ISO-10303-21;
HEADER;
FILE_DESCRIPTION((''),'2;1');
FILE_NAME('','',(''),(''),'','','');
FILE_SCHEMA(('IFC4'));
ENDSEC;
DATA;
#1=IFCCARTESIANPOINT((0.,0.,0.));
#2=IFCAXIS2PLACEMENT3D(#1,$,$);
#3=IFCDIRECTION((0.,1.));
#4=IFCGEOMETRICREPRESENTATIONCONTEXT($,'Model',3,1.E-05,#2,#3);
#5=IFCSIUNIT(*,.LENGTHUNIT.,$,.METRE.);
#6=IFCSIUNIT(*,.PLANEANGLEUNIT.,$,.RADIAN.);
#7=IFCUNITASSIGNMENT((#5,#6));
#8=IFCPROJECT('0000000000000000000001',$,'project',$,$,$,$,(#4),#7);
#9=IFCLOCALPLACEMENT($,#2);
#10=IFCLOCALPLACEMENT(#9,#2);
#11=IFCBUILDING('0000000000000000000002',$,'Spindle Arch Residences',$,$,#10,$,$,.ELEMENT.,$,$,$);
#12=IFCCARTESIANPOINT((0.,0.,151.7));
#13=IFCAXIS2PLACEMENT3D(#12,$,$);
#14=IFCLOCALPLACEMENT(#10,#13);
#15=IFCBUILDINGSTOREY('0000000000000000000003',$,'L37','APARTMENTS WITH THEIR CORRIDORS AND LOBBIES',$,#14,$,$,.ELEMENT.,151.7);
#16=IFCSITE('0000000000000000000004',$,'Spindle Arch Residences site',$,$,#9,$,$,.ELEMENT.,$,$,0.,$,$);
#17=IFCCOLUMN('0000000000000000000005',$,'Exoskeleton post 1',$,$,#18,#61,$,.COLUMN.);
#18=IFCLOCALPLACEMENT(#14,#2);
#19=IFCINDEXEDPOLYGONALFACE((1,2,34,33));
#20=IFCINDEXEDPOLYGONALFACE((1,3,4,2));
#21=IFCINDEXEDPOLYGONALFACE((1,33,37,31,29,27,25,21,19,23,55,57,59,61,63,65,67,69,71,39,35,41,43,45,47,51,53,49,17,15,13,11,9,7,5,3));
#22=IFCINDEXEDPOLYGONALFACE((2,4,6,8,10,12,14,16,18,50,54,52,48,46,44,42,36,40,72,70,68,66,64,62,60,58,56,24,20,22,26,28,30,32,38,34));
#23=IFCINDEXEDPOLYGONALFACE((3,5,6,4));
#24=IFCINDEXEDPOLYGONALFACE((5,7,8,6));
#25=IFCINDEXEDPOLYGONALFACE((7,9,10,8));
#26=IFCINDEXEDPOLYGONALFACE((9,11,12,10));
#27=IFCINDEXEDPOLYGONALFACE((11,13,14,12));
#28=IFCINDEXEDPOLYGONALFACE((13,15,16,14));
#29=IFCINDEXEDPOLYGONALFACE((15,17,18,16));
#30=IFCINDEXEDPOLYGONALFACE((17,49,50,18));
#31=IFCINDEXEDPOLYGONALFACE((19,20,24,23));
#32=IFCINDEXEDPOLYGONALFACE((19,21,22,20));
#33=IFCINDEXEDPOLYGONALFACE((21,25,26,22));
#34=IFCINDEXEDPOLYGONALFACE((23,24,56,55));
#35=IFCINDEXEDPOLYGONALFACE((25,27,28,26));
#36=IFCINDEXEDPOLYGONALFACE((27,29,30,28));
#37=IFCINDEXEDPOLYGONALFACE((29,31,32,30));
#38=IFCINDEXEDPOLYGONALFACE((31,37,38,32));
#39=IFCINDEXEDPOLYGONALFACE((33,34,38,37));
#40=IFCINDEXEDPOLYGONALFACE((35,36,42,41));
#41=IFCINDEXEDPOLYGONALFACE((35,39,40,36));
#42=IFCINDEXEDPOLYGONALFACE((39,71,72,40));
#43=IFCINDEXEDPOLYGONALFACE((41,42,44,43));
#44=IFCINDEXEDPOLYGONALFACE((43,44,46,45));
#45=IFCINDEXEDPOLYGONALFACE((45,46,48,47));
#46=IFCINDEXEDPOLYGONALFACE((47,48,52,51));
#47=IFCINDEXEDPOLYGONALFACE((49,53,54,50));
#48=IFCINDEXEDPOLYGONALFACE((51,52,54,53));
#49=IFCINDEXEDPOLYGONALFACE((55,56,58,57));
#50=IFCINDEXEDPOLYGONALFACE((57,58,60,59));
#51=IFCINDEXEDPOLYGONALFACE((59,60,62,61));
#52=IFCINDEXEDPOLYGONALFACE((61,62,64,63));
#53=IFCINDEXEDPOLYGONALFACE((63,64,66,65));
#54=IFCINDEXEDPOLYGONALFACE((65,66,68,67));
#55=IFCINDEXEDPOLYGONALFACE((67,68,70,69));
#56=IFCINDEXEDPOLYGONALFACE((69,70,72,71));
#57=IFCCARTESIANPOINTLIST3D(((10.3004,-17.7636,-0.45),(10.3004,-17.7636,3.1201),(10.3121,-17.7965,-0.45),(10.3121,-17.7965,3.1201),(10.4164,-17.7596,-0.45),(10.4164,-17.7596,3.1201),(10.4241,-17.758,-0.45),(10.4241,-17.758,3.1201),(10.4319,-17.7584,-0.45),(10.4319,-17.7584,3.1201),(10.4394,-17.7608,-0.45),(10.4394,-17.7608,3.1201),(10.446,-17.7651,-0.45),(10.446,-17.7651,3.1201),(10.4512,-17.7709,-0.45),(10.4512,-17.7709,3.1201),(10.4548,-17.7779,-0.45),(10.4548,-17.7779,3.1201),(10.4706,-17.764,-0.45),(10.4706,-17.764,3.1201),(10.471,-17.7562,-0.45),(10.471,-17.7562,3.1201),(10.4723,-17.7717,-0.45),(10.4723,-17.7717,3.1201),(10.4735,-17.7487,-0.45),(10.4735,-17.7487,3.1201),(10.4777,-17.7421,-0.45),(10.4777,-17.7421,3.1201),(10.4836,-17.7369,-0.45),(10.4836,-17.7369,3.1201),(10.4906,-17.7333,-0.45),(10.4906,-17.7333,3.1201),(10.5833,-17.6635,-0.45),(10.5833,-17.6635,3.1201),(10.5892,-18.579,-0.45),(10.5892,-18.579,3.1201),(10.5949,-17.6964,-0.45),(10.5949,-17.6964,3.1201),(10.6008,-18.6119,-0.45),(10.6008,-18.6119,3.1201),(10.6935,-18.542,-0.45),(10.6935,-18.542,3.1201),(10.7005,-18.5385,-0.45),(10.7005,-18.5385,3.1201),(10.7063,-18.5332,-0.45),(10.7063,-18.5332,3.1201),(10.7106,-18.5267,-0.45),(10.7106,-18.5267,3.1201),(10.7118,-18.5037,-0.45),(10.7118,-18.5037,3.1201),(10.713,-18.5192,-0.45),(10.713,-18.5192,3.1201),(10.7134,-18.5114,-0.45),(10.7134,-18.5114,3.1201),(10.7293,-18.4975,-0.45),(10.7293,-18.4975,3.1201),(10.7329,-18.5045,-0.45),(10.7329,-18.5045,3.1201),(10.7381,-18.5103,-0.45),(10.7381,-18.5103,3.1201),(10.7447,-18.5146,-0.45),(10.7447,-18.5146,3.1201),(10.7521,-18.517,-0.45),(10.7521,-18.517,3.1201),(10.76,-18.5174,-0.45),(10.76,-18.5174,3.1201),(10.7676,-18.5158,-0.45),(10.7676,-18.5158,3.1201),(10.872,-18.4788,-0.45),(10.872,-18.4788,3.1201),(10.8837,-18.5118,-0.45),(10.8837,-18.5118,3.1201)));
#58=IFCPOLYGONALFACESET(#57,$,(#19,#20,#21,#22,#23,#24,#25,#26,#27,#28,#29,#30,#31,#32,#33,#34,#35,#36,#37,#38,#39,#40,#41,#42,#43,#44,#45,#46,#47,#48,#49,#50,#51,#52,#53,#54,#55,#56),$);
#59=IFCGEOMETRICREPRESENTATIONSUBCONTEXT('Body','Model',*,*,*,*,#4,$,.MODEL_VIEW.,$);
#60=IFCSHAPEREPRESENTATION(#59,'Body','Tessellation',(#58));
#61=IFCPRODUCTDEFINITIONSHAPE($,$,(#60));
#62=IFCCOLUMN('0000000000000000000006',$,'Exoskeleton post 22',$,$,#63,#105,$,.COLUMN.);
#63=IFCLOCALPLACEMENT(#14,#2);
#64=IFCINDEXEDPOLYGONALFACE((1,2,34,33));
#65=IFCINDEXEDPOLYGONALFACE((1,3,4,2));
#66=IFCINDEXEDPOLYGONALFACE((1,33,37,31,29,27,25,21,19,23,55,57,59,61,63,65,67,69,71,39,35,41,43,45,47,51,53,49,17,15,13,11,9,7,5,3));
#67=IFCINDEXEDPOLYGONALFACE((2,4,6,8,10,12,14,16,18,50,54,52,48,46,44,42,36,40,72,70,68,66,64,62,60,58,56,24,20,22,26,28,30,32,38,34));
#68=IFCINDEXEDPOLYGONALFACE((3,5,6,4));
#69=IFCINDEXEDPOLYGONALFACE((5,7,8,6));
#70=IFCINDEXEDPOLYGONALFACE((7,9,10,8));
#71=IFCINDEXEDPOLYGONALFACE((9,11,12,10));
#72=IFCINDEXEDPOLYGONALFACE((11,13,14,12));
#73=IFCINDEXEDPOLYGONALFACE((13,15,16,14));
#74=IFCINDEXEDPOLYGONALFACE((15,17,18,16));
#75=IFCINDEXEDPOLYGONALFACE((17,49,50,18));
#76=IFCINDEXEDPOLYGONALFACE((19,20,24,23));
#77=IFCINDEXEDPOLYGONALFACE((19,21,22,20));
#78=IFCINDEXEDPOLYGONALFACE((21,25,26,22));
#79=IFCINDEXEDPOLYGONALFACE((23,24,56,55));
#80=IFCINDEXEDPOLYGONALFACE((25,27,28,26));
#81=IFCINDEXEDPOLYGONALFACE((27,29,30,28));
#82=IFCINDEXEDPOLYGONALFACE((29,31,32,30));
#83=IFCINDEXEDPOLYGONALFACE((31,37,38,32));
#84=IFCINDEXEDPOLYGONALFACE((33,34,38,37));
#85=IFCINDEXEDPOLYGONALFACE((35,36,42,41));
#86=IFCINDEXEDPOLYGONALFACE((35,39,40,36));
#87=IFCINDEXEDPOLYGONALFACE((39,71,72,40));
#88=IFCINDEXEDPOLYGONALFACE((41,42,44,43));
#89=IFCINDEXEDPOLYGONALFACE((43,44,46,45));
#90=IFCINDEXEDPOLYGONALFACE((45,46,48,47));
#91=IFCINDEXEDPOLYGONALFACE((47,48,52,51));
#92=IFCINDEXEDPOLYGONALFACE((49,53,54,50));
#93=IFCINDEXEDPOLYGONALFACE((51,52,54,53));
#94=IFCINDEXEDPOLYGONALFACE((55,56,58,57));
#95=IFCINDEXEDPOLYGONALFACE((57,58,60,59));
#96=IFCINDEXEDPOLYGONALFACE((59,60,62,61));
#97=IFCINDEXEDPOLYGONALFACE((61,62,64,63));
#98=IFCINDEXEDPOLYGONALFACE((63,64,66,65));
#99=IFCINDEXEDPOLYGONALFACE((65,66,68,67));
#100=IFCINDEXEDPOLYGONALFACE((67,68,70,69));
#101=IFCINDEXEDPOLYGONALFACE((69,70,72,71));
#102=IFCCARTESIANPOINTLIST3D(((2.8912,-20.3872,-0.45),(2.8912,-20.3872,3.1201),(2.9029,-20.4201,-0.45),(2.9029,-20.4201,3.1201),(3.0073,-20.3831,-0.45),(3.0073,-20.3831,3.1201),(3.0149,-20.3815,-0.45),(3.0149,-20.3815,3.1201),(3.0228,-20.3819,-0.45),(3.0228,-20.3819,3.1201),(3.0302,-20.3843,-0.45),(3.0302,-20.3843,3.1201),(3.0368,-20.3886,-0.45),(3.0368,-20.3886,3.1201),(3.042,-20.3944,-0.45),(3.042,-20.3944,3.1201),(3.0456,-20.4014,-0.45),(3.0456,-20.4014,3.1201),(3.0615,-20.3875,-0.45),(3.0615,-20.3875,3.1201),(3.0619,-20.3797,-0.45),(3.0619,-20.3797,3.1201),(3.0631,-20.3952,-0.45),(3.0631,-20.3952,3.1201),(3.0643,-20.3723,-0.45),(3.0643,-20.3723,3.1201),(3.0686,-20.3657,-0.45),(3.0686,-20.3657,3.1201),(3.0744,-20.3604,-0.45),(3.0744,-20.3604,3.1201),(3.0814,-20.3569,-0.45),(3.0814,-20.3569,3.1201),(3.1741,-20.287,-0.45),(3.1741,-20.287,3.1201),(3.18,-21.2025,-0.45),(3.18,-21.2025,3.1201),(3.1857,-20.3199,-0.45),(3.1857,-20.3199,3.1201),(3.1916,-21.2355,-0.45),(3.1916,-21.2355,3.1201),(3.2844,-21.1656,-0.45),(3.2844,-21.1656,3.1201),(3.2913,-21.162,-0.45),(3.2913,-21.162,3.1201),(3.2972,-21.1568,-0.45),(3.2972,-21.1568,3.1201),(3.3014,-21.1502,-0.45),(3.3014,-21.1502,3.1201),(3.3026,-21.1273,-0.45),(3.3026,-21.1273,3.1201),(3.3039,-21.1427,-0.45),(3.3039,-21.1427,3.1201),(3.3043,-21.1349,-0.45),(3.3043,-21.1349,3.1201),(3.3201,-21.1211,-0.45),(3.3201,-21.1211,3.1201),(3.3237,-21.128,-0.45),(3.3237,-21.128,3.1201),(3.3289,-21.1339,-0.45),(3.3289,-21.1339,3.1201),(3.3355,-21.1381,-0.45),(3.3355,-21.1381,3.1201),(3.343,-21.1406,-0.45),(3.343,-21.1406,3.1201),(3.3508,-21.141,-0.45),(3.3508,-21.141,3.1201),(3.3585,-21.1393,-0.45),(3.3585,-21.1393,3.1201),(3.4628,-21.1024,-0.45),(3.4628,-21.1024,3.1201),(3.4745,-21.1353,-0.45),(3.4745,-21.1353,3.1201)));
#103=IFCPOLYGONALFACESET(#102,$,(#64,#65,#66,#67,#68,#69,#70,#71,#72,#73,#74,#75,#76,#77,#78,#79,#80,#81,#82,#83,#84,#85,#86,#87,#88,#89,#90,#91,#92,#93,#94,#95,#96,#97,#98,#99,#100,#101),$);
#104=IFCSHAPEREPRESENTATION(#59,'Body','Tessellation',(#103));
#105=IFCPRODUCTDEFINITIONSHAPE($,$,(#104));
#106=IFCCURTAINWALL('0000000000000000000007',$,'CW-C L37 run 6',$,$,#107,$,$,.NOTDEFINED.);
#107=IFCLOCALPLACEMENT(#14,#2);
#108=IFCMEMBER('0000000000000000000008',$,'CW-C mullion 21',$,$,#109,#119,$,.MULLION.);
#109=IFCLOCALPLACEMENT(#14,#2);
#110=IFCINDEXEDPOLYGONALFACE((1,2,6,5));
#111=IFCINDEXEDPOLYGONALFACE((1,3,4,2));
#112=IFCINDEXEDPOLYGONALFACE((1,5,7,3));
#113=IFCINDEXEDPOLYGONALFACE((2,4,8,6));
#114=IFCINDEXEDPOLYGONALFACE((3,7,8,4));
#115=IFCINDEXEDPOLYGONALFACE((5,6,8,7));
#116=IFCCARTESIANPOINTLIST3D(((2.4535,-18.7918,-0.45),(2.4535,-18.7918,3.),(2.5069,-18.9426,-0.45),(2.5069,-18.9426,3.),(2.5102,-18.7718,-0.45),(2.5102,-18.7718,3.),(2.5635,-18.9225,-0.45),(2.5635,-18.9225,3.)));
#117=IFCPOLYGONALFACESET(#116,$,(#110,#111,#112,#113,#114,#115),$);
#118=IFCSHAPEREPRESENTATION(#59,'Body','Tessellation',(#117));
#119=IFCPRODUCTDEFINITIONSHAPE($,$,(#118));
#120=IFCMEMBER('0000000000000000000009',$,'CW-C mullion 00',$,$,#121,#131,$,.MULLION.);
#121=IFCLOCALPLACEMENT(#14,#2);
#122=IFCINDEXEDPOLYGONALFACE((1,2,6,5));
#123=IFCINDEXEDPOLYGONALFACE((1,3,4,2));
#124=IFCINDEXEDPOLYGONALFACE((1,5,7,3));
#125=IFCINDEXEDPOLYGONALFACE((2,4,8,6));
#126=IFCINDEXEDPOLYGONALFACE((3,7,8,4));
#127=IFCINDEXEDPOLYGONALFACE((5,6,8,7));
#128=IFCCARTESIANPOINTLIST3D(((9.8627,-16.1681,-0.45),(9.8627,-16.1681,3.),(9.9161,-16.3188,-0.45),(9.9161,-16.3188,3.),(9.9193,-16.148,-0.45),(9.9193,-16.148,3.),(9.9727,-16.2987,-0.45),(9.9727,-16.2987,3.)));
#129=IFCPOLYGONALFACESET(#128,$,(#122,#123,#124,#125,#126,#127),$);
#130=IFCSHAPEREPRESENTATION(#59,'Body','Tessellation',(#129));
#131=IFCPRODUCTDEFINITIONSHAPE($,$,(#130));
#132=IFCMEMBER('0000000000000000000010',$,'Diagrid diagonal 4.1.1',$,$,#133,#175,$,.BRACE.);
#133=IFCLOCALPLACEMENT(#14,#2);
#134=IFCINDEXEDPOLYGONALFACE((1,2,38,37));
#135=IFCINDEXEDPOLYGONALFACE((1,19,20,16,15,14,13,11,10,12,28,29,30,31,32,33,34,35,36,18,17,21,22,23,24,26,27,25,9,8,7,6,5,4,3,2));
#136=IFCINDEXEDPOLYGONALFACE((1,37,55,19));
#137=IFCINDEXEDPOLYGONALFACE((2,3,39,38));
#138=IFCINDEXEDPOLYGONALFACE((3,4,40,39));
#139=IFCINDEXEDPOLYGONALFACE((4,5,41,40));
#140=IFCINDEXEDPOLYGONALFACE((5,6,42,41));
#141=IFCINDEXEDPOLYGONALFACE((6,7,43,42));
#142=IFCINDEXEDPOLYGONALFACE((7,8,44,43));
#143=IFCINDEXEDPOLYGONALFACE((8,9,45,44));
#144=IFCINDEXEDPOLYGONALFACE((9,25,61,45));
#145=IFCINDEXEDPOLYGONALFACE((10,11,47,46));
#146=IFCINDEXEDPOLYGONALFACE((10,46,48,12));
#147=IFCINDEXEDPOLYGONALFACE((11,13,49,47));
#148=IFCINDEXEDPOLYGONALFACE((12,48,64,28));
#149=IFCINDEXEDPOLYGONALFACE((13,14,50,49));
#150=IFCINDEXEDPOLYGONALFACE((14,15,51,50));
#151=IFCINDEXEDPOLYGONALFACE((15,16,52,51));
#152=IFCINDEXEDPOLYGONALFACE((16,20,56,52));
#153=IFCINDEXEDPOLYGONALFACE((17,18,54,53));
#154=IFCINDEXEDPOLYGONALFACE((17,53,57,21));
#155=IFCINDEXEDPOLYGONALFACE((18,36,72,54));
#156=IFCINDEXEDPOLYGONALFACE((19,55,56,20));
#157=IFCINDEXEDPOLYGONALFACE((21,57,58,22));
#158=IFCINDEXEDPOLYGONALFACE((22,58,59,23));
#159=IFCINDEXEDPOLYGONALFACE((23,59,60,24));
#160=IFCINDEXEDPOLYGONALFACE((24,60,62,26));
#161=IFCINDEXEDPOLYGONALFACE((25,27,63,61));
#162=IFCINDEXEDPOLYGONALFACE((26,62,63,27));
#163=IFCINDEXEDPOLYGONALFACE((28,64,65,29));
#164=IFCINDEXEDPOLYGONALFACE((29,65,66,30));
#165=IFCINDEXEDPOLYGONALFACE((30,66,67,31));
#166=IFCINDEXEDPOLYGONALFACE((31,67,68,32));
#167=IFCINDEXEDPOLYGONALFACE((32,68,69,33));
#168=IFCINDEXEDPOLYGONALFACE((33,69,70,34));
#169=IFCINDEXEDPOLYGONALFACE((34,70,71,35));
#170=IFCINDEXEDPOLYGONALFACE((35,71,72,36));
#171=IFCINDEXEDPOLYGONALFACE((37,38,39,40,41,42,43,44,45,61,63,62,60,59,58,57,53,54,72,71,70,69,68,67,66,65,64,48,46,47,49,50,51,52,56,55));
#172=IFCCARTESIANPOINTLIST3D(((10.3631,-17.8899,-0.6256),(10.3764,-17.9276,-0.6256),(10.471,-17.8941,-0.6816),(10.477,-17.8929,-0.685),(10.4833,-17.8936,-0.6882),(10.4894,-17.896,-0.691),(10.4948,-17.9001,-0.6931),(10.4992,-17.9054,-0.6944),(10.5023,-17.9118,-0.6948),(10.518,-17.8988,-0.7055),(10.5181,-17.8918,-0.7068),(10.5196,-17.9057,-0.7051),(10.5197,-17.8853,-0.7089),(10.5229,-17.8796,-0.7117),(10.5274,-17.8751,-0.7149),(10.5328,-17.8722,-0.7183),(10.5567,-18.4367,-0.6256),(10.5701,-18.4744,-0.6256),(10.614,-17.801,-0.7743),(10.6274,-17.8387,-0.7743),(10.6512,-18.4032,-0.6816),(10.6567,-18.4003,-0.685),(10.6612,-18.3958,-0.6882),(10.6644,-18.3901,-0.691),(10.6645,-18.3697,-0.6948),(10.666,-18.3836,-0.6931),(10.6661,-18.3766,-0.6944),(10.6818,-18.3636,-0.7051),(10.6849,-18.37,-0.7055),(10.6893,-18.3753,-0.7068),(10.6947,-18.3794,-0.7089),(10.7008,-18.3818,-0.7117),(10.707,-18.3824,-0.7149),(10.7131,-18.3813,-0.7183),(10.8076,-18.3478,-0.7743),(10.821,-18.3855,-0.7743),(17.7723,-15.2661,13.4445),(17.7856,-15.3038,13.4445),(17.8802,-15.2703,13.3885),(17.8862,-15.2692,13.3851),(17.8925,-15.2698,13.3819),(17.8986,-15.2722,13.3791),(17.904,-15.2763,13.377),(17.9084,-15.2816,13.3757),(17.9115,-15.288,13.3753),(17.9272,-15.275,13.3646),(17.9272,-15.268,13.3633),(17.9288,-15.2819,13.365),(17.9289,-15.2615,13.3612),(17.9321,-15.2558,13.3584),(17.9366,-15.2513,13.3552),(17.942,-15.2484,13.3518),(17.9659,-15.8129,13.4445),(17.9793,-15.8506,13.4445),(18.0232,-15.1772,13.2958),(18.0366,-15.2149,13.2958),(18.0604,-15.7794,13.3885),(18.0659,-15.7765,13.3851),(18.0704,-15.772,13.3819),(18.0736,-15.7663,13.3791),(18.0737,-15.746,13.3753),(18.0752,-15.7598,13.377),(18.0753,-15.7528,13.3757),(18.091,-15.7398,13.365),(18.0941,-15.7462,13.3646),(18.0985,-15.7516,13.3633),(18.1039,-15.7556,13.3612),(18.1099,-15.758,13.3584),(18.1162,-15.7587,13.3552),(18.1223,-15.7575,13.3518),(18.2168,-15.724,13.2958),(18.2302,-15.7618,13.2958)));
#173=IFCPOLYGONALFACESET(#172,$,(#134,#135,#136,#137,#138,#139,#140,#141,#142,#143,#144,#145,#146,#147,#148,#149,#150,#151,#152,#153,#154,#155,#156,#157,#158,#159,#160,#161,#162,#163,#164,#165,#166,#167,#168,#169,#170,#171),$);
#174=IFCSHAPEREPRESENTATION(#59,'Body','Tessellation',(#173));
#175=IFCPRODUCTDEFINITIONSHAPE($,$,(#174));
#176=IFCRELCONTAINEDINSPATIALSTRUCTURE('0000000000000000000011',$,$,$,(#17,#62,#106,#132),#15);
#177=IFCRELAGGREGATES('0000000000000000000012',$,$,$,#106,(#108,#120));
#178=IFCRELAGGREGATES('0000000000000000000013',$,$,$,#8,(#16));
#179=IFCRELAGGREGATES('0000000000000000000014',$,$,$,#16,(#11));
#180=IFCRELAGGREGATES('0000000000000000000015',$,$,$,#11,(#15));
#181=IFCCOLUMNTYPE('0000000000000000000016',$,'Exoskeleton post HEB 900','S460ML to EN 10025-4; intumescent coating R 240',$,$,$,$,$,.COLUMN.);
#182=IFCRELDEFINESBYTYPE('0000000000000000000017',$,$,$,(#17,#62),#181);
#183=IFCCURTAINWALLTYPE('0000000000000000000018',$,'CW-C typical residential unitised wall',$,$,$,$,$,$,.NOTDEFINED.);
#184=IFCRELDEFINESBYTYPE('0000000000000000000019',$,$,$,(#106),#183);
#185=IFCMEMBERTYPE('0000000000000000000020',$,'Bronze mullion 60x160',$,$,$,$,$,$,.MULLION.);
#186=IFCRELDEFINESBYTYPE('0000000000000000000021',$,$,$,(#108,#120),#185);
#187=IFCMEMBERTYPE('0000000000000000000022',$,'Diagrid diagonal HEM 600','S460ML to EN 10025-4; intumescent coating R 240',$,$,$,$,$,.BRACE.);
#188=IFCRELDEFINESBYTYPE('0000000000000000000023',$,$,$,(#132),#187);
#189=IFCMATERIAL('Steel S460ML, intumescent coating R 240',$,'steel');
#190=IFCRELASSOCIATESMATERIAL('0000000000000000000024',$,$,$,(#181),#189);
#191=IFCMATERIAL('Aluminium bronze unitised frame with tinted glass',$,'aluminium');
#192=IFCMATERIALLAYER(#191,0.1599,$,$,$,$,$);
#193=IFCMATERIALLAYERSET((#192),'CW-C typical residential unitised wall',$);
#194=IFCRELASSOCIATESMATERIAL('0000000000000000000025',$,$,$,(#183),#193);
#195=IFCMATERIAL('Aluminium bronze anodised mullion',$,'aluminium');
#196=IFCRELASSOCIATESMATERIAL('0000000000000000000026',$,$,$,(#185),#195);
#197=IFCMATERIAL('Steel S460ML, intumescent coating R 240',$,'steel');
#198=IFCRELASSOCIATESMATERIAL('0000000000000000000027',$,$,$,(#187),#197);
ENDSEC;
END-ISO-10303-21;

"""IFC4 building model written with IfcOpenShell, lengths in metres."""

from ifc_helpers import new_model, si_unit, direction, frame, origin, origin_2d, place, context, subcontext, project, spatial, rectangle, i_section, extrude, material, layer, layer_set, material_profile, profile_set, type_object, element, aggregate, save


model = new_model("IFC4")

# Units and contexts
model_context = context("Model", 3, precision=1e-05, world=origin(), true_north=direction((0.0, 1.0)))
body_context = subcontext(model_context, "Body", "Model", "MODEL_VIEW")
ifc_project = project(units=[si_unit("LENGTHUNIT", "METRE"), si_unit("PLANEANGLEUNIT", "RADIAN")], contexts=[model_context])

# Site, building, storey
site_placement = place(None, origin())
site = spatial("IfcSite", under=ifc_project, at=site_placement, Name="Spindle Arch Residences site", CompositionType="ELEMENT", RefElevation=0.0)
building_placement = place(site_placement, origin())
building = spatial("IfcBuilding", under=site, at=building_placement, Name="Spindle Arch Residences", CompositionType="ELEMENT")
storey_placement = place(building_placement, frame((0.0, 0.0, 151.7)))
storey = spatial("IfcBuildingStorey", under=building, at=storey_placement, Name="L37", Description="APARTMENTS WITH THEIR CORRIDORS AND LOBBIES", CompositionType="ELEMENT", Elevation=151.7)

# Columns
ifc_material_1 = material(Name="Steel S460ML, intumescent coating R 240", Category="steel")
ifc_material_profile_1 = material_profile(ifc_material_1, i_section(OverallWidth=0.3, OverallDepth=0.8999, WebThickness=0.0186, FlangeThickness=0.0349, FilletRadius=0.03, at=origin_2d()), Name="HEB 900")
ifc_profile_set_1 = profile_set([ifc_material_profile_1], Name="Steel S460ML, intumescent coating R 240")
column_type = type_object("IfcColumnType", Name="Exoskeleton post HEB 900", Description="S460ML to EN 10025-4; intumescent coating R 240", PredefinedType="COLUMN", material=ifc_profile_set_1)
for number, where, z_axis, x_axis, name in (
    (1, (10.592, -18.1377, -0.45), (0.0, 0.0, 1.0), (-0.942641, -0.333807, 0.0), "Exoskeleton post 1"),
    (2, (3.1829, -20.7612, -0.45), (0.0, 0.0, 1.0), (-0.942641, -0.333807, 0.0), "Exoskeleton post 22"),
):
    element("IfcColumn", number, at=place(storey_placement, frame(where, z_axis=z_axis, x_axis=x_axis)), inside=storey, type_object=column_type, Name=name, PredefinedType="COLUMN", context=body_context, shape_type="SweptSolid", body=[
        extrude(i_section(OverallWidth=0.3, OverallDepth=0.8999, WebThickness=0.0186, FlangeThickness=0.0349, FilletRadius=0.03, at=origin_2d()), origin(), (0.0, 0.0, 1.0), 3.5701),
    ])

# Curtain wall, members
ifc_material_2 = material(Name="Aluminium bronze unitised frame with tinted glass", Category="aluminium")
ifc_layer_1 = layer(ifc_material_2, 0.1599)
ifc_layer_set_1 = layer_set([ifc_layer_1], Name="CW-C typical residential unitised wall")
curtain_wall_type = type_object("IfcCurtainWallType", Name="CW-C typical residential unitised wall", PredefinedType="NOTDEFINED", material=ifc_layer_set_1)
curtain_wall_placement = place(storey_placement, origin())
curtain_wall = element("IfcCurtainWall", 3, at=curtain_wall_placement, inside=storey, type_object=curtain_wall_type, Name="CW-C L37 run 6", PredefinedType="NOTDEFINED")
ifc_material_3 = material(Name="Aluminium bronze anodised mullion", Category="aluminium")
ifc_material_profile_2 = material_profile(ifc_material_3, rectangle(XDim=0.1599, YDim=0.0601, at=origin_2d()), Name="MU 60x160")
ifc_profile_set_2 = profile_set([ifc_material_profile_2], Name="Aluminium bronze anodised mullion")
member_type_1 = type_object("IfcMemberType", Name="Bronze mullion 60x160", PredefinedType="MULLION", material=ifc_profile_set_2)
member_1_placement = place(storey_placement, frame((2.5085, -18.8572, -0.45), z_axis=(0.0, 0.0, 1.0), x_axis=(-0.333807, 0.942641, 0.0)))
member_1 = element("IfcMember", 4, at=member_1_placement, type_object=member_type_1, Name="CW-C mullion 21", PredefinedType="MULLION", context=body_context, shape_type="SweptSolid", body=[
    extrude(rectangle(XDim=0.1599, YDim=0.0601, at=origin_2d()), origin(), (0.0, 0.0, 1.0), 3.45),
])
member_2_placement = place(storey_placement, frame((9.9177, -16.2334, -0.45), z_axis=(0.0, 0.0, 1.0), x_axis=(-0.333807, 0.942641, 0.0)))
member_2 = element("IfcMember", 5, at=member_2_placement, type_object=member_type_1, Name="CW-C mullion 00", PredefinedType="MULLION", context=body_context, shape_type="SweptSolid", body=[
    extrude(rectangle(XDim=0.1599, YDim=0.0601, at=origin_2d()), origin(), (0.0, 0.0, 1.0), 3.45),
])

# Member
ifc_material_4 = material(Name="Steel S460ML, intumescent coating R 240", Category="steel")
ifc_material_profile_3 = material_profile(ifc_material_4, i_section(OverallWidth=0.3049, OverallDepth=0.6201, WebThickness=0.021, FlangeThickness=0.04, FilletRadius=0.0271, at=origin_2d()), Name="HEM 600")
ifc_profile_set_3 = profile_set([ifc_material_profile_3], Name="Steel S460ML, intumescent coating R 240")
member_type_2 = type_object("IfcMemberType", Name="Diagrid diagonal HEM 600", Description="S460ML to EN 10025-4; intumescent coating R 240", PredefinedType="BRACE", material=ifc_profile_set_3)
for number, where, z_axis, x_axis, name in (
    (6, (10.592, -18.1377, -0.7), (0.459722, 0.162799, 0.873013), (-0.822937, -0.291423, 0.487696), "Diagrid diagonal 4.1.1"),
):
    element("IfcMember", number, at=place(storey_placement, frame(where, z_axis=z_axis, x_axis=x_axis)), inside=storey, type_object=member_type_2, Name=name, PredefinedType="BRACE", context=body_context, shape_type="SweptSolid", body=[
        extrude(i_section(OverallWidth=0.3049, OverallDepth=0.6201, WebThickness=0.021, FlangeThickness=0.04, FilletRadius=0.0271, at=origin_2d()), origin(), (0.0, 0.0, 1.0), 16.1167),
    ])

aggregate(curtain_wall, [member_1, member_2])

save(model, "model.ifc")
